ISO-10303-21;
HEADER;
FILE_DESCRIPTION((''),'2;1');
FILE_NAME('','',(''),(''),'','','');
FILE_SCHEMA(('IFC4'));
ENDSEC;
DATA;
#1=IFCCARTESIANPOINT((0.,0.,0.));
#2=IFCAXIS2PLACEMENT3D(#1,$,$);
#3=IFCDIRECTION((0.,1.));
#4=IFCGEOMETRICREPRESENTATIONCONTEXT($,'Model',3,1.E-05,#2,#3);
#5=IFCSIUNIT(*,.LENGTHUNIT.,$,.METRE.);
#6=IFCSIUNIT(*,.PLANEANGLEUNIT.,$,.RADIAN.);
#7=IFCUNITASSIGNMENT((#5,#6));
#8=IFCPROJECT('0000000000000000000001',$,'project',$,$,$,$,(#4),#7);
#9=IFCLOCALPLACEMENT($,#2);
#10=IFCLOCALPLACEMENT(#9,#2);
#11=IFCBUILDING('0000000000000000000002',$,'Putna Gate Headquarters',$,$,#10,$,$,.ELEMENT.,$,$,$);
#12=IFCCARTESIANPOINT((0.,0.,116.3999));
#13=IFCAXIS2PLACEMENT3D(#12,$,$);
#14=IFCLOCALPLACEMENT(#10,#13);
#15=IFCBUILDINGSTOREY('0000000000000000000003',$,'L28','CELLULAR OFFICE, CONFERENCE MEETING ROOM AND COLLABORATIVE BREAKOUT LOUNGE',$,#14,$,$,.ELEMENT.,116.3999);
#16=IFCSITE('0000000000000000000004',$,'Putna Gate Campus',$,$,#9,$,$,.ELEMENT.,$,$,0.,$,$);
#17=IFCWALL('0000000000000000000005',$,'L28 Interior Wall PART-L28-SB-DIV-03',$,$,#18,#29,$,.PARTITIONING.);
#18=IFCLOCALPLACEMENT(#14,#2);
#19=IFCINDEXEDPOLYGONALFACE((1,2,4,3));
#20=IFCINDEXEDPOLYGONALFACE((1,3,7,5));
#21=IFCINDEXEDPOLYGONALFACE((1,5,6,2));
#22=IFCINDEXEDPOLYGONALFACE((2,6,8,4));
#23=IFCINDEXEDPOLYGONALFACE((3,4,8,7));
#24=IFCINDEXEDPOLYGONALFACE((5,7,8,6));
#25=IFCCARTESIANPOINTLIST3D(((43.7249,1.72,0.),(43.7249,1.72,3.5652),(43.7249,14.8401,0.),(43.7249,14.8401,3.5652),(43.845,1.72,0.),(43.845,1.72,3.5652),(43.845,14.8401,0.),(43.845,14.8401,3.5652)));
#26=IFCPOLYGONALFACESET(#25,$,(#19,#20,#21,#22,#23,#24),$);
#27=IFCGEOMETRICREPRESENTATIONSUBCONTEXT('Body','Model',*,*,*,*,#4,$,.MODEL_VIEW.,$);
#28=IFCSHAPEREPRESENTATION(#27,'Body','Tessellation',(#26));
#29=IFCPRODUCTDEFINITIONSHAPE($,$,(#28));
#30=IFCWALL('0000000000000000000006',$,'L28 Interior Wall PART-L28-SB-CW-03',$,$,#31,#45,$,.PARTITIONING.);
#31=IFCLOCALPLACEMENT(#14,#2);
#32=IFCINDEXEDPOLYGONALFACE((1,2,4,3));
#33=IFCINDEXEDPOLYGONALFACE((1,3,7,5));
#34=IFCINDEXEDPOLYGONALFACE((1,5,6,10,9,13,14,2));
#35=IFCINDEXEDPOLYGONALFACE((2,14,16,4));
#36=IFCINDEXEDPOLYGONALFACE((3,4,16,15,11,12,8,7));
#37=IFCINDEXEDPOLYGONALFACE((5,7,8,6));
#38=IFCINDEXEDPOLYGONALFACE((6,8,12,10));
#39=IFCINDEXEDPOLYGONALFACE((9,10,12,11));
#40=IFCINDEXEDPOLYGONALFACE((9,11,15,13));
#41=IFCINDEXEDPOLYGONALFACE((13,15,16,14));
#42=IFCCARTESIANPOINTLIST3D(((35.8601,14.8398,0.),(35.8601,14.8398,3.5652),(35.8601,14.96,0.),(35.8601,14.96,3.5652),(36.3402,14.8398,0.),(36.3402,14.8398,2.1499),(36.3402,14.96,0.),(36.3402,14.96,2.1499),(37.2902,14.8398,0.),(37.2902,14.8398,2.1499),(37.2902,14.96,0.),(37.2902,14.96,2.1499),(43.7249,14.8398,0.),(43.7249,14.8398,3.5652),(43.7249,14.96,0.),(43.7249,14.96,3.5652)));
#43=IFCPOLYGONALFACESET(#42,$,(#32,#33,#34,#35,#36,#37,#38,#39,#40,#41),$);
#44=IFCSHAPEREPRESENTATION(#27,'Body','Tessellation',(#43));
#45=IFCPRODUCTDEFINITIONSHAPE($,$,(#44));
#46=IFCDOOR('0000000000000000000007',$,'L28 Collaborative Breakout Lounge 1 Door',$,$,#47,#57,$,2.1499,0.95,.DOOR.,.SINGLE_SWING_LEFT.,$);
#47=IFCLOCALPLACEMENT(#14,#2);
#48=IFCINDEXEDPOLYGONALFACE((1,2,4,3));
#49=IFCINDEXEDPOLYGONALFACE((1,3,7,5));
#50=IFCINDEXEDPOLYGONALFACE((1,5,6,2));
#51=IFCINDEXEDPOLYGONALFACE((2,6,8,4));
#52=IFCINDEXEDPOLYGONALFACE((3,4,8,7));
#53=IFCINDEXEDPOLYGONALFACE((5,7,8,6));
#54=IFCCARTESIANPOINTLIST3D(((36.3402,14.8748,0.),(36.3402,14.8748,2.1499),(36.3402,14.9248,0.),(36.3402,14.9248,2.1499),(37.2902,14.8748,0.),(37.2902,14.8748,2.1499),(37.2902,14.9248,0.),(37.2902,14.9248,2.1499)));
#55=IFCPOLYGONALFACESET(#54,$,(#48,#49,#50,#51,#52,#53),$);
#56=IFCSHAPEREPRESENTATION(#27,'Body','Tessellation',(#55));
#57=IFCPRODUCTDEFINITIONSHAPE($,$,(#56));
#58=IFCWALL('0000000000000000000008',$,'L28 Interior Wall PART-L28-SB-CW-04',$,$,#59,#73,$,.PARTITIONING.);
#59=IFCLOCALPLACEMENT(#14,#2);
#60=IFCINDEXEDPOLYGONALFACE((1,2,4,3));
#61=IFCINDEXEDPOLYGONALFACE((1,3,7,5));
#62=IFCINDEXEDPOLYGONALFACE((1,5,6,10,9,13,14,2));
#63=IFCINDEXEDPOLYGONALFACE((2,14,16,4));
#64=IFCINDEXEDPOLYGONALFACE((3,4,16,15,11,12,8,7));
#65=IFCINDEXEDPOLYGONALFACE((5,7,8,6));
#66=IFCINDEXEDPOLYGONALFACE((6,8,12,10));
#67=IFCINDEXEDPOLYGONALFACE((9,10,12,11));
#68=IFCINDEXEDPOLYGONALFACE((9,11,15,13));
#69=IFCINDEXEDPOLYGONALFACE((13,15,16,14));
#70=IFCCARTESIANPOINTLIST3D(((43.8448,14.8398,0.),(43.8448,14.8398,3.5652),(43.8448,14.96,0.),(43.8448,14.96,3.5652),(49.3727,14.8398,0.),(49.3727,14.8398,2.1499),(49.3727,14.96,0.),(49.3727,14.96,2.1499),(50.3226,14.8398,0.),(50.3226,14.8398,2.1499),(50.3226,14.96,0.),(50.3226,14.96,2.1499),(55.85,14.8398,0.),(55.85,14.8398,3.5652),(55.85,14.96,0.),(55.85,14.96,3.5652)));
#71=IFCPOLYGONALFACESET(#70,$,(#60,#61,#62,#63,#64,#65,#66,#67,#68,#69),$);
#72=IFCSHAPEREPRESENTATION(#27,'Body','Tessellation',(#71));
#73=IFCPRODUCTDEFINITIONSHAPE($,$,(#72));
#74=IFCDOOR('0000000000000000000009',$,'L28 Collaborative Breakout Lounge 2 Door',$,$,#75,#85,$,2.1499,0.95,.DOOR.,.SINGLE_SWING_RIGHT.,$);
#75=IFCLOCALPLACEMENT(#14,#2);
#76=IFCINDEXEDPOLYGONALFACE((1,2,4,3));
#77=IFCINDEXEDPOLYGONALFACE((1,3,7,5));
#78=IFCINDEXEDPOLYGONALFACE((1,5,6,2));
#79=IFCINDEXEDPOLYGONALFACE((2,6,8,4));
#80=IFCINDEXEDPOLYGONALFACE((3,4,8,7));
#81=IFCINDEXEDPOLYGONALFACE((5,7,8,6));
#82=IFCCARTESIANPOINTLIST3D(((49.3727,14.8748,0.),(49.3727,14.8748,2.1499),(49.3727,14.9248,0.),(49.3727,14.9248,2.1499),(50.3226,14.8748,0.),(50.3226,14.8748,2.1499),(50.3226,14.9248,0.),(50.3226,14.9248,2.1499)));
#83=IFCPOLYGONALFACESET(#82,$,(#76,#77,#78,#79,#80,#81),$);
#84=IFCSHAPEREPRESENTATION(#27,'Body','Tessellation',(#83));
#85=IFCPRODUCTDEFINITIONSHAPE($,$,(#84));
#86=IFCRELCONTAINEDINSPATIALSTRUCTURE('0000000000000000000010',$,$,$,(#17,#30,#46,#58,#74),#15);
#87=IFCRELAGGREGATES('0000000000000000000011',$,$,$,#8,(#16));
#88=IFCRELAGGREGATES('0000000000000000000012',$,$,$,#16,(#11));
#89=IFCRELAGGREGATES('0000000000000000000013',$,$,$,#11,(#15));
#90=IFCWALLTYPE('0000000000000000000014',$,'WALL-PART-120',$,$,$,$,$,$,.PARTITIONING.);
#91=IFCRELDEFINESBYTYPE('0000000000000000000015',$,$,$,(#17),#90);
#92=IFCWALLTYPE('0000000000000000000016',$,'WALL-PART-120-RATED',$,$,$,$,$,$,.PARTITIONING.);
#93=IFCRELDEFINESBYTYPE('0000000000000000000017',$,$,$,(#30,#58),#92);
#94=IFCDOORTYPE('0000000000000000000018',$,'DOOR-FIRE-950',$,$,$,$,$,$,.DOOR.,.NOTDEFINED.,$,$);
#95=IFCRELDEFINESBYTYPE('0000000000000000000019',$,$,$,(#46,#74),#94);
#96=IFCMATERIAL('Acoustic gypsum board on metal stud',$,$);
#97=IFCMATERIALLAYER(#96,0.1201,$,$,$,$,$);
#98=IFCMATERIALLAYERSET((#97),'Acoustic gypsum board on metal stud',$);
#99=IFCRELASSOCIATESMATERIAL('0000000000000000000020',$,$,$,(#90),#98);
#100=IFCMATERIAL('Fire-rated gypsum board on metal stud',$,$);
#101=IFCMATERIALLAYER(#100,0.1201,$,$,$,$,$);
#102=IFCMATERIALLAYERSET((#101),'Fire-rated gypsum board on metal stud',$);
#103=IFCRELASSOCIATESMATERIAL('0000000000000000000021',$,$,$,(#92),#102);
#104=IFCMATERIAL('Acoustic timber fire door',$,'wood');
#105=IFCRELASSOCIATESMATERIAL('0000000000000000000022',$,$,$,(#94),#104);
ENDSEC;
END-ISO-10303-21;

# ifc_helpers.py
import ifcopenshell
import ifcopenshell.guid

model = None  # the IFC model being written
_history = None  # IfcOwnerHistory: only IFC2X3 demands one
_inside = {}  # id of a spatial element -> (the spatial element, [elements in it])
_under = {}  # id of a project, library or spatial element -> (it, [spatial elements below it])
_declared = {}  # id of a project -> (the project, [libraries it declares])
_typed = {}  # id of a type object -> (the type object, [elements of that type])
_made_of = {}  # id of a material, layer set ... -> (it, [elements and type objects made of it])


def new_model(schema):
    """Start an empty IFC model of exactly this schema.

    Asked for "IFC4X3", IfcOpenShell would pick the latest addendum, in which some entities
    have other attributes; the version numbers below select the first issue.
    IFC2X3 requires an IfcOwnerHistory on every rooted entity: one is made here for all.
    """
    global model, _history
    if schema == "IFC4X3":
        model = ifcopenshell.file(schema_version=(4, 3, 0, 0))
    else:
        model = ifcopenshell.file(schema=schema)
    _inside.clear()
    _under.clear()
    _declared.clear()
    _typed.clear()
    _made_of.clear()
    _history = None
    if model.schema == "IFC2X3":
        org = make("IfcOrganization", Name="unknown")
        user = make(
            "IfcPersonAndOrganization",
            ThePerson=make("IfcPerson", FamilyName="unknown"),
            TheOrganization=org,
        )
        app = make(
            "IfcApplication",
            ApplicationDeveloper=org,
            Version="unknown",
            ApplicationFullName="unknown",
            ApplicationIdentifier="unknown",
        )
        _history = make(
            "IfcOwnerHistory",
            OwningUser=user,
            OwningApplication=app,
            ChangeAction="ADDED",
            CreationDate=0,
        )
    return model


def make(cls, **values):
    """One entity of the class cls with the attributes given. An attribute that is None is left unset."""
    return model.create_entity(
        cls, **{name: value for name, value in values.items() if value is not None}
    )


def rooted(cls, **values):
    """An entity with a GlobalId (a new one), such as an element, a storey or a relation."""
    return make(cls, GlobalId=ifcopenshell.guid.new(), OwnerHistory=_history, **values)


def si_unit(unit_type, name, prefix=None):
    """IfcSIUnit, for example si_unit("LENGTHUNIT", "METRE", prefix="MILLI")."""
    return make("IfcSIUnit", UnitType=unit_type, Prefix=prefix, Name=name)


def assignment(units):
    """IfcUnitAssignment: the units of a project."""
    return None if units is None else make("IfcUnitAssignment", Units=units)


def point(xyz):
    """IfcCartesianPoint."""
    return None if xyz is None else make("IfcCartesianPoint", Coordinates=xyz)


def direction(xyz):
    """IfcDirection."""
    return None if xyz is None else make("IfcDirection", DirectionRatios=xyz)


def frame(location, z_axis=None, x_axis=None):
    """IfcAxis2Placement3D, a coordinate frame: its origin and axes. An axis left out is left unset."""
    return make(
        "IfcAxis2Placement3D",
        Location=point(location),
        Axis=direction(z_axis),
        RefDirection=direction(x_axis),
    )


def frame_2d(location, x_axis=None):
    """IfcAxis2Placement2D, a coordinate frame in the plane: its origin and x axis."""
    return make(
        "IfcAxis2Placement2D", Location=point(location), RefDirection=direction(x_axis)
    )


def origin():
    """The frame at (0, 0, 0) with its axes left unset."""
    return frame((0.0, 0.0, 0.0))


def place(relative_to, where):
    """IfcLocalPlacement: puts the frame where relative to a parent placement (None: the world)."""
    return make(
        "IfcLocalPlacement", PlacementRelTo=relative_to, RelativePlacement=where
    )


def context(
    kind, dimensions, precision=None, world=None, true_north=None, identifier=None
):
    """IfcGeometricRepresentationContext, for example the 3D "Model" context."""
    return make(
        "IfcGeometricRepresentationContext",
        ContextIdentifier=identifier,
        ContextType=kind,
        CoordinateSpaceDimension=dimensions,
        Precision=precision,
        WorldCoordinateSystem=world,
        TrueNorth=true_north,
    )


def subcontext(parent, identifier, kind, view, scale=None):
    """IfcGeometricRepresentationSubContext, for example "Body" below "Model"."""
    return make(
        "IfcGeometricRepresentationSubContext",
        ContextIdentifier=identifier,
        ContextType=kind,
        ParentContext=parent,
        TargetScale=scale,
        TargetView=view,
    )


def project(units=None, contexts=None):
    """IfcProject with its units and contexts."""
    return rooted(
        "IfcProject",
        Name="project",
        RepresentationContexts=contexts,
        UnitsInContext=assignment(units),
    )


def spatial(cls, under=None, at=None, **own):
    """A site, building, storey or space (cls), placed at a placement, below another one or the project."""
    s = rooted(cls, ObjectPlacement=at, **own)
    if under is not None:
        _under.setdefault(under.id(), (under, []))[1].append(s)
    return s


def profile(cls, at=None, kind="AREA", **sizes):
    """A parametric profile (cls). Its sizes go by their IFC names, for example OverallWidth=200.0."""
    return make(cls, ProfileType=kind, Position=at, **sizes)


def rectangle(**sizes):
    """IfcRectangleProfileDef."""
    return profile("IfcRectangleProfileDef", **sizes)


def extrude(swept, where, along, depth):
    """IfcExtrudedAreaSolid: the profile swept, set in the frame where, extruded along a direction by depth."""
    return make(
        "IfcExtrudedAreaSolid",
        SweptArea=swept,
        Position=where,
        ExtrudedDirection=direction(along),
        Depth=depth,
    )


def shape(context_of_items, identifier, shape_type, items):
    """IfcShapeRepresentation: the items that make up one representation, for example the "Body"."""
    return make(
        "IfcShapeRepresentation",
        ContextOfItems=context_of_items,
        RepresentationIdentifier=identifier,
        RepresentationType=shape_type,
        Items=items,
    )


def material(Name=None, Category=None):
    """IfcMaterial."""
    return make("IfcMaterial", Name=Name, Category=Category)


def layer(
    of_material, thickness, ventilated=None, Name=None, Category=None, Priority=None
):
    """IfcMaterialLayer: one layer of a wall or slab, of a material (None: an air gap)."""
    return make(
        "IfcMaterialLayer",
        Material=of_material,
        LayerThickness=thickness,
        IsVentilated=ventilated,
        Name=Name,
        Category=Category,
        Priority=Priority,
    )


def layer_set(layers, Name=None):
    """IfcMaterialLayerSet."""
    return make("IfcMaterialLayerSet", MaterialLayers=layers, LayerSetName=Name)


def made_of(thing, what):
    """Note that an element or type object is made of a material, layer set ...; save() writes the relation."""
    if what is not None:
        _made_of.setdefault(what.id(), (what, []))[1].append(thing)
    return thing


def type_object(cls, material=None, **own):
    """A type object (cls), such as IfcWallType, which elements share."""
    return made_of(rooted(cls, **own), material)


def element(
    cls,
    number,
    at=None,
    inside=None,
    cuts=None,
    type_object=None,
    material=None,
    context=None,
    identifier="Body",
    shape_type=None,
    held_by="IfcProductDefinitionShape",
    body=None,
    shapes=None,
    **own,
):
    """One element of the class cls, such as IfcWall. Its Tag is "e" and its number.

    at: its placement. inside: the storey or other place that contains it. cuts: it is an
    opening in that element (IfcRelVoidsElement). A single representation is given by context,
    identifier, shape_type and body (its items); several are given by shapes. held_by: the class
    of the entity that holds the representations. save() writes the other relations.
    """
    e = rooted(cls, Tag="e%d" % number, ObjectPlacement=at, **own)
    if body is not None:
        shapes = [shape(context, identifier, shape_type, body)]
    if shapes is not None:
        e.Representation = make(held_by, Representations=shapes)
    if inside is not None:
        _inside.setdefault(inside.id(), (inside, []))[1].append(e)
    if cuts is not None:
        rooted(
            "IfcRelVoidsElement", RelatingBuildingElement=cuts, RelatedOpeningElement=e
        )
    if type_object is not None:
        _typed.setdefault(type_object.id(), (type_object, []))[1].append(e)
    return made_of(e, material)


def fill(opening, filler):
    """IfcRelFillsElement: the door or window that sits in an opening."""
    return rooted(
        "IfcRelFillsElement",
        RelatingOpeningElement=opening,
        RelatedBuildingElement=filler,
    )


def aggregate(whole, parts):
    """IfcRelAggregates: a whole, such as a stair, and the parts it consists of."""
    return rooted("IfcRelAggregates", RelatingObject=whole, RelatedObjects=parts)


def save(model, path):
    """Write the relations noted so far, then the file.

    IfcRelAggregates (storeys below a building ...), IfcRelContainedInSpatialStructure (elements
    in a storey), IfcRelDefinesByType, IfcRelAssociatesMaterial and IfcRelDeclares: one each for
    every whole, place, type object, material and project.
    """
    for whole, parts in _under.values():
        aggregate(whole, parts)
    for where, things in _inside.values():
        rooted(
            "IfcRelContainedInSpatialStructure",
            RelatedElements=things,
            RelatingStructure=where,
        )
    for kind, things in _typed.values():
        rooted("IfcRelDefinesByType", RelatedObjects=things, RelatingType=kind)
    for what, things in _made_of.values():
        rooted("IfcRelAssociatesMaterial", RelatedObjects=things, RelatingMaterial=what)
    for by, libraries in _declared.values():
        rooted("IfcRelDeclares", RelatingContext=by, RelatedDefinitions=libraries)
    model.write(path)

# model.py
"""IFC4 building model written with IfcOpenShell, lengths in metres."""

from ifc_helpers import new_model, si_unit, direction, frame, frame_2d, origin, place, context, subcontext, project, spatial, rectangle, extrude, material, layer, layer_set, type_object, element, fill, save


model = new_model("IFC4")

# Units and contexts
model_context = context("Model", 3, precision=1e-05, world=origin(), true_north=direction((0.0, 1.0)))
body_context = subcontext(model_context, "Body", "Model", "MODEL_VIEW")
ifc_project = project(units=[si_unit("LENGTHUNIT", "METRE"), si_unit("PLANEANGLEUNIT", "RADIAN")], contexts=[model_context])

# Site, building, storey
site_placement = place(None, origin())
site = spatial("IfcSite", under=ifc_project, at=site_placement, Name="Putna Gate Campus", CompositionType="ELEMENT", RefElevation=0.0)
building_placement = place(site_placement, origin())
building = spatial("IfcBuilding", under=site, at=building_placement, Name="Putna Gate Headquarters", CompositionType="ELEMENT")
storey_placement = place(building_placement, frame((0.0, 0.0, 116.3999)))
storey = spatial("IfcBuildingStorey", under=building, at=storey_placement, Name="L28", Description="CELLULAR OFFICE, CONFERENCE MEETING ROOM AND COLLABORATIVE BREAKOUT LOUNGE", CompositionType="ELEMENT", Elevation=116.3999)

# Wall
ifc_material_1 = material(Name="Acoustic gypsum board on metal stud")
ifc_layer_1 = layer(ifc_material_1, 0.1201)
ifc_layer_set_1 = layer_set([ifc_layer_1], Name="Acoustic gypsum board on metal stud")
wall_type_1 = type_object("IfcWallType", Name="WALL-PART-120", PredefinedType="PARTITIONING", material=ifc_layer_set_1)
for number, where, z_axis, x_axis, name in (
    (1, (43.7849, 1.72, 0.0), (0.0, 0.0, 1.0), (0.0, 1.0, 0.0), "L28 Interior Wall PART-L28-SB-DIV-03"),
):
    element("IfcWall", number, at=place(storey_placement, frame(where, z_axis=z_axis, x_axis=x_axis)), inside=storey, type_object=wall_type_1, Name=name, PredefinedType="PARTITIONING", context=body_context, shape_type="SweptSolid", body=[
        extrude(rectangle(XDim=13.1201, YDim=0.1201, at=frame_2d((6.5601, 0.0))), origin(), (0.0, 0.0, 1.0), 3.5652),
    ])

# Walls, openings, doors
ifc_material_2 = material(Name="Fire-rated gypsum board on metal stud")
ifc_layer_2 = layer(ifc_material_2, 0.1201)
ifc_layer_set_2 = layer_set([ifc_layer_2], Name="Fire-rated gypsum board on metal stud")
wall_type_2 = type_object("IfcWallType", Name="WALL-PART-120-RATED", PredefinedType="PARTITIONING", material=ifc_layer_set_2)
wall_1_placement = place(storey_placement, frame((35.8601, 14.8999, 0.0), z_axis=(0.0, 0.0, 1.0), x_axis=(1.0, 0.0, 0.0)))
wall_1 = element("IfcWall", 2, at=wall_1_placement, inside=storey, type_object=wall_type_2, Name="L28 Interior Wall PART-L28-SB-CW-03", PredefinedType="PARTITIONING", context=body_context, shape_type="SweptSolid", body=[
    extrude(rectangle(XDim=7.8647, YDim=0.1201, at=frame_2d((3.9324, 0.0))), origin(), (0.0, 0.0, 1.0), 3.5652),
])
opening_1_placement = place(wall_1_placement, frame((0.48, 0.0, 0.0)))
opening_1 = element("IfcOpeningElement", 3, at=opening_1_placement, cuts=wall_1, PredefinedType="OPENING", context=body_context, shape_type="SweptSolid", body=[
    extrude(rectangle(XDim=0.95, YDim=2.1499, at=frame_2d((0.4751, 1.075))), frame((0.0, 0.0701, 0.0), z_axis=(0.0, -1.0, 0.0), x_axis=(1.0, 0.0, 0.0)), (0.0, 0.0, 1.0), 0.1401),
])
ifc_material_3 = material(Name="Acoustic timber fire door", Category="wood")
door_type = type_object("IfcDoorType", Name="DOOR-FIRE-950", OperationType="NOTDEFINED", PredefinedType="DOOR", material=ifc_material_3)
door_1_placement = place(opening_1_placement, origin())
door_1 = element("IfcDoor", 4, at=door_1_placement, inside=storey, type_object=door_type, Name="L28 Collaborative Breakout Lounge 1 Door", OperationType="SINGLE_SWING_LEFT", OverallHeight=2.1499, OverallWidth=0.95, PredefinedType="DOOR", context=body_context, shape_type="SweptSolid", body=[
    extrude(rectangle(XDim=0.95, YDim=2.1499, at=frame_2d((0.4751, 1.075))), frame((0.0, 0.0249, 0.0), z_axis=(0.0, -1.0, 0.0), x_axis=(1.0, 0.0, 0.0)), (0.0, 0.0, 1.0), 0.05),
])
fill(opening_1, door_1)
wall_2_placement = place(storey_placement, frame((43.845, 14.8999, 0.0), z_axis=(0.0, 0.0, 1.0), x_axis=(1.0, 0.0, 0.0)))
wall_2 = element("IfcWall", 5, at=wall_2_placement, inside=storey, type_object=wall_type_2, Name="L28 Interior Wall PART-L28-SB-CW-04", PredefinedType="PARTITIONING", context=body_context, shape_type="SweptSolid", body=[
    extrude(rectangle(XDim=12.0051, YDim=0.1201, at=frame_2d((6.0024, 0.0))), origin(), (0.0, 0.0, 1.0), 3.5652),
])
opening_2_placement = place(wall_2_placement, frame((5.5276, 0.0, 0.0)))
opening_2 = element("IfcOpeningElement", 6, at=opening_2_placement, cuts=wall_2, PredefinedType="OPENING", context=body_context, shape_type="SweptSolid", body=[
    extrude(rectangle(XDim=0.95, YDim=2.1499, at=frame_2d((0.4751, 1.075))), frame((0.0, 0.0701, 0.0), z_axis=(0.0, -1.0, 0.0), x_axis=(1.0, 0.0, 0.0)), (0.0, 0.0, 1.0), 0.1401),
])
door_2_placement = place(opening_2_placement, origin())
door_2 = element("IfcDoor", 7, at=door_2_placement, inside=storey, type_object=door_type, Name="L28 Collaborative Breakout Lounge 2 Door", OperationType="SINGLE_SWING_RIGHT", OverallHeight=2.1499, OverallWidth=0.95, PredefinedType="DOOR", context=body_context, shape_type="SweptSolid", body=[
    extrude(rectangle(XDim=0.95, YDim=2.1499, at=frame_2d((0.4751, 1.075))), frame((0.0, 0.0249, 0.0), z_axis=(0.0, -1.0, 0.0), x_axis=(1.0, 0.0, 0.0)), (0.0, 0.0, 1.0), 0.05),
])
fill(opening_2, door_2)

save(model, "model.ifc")
